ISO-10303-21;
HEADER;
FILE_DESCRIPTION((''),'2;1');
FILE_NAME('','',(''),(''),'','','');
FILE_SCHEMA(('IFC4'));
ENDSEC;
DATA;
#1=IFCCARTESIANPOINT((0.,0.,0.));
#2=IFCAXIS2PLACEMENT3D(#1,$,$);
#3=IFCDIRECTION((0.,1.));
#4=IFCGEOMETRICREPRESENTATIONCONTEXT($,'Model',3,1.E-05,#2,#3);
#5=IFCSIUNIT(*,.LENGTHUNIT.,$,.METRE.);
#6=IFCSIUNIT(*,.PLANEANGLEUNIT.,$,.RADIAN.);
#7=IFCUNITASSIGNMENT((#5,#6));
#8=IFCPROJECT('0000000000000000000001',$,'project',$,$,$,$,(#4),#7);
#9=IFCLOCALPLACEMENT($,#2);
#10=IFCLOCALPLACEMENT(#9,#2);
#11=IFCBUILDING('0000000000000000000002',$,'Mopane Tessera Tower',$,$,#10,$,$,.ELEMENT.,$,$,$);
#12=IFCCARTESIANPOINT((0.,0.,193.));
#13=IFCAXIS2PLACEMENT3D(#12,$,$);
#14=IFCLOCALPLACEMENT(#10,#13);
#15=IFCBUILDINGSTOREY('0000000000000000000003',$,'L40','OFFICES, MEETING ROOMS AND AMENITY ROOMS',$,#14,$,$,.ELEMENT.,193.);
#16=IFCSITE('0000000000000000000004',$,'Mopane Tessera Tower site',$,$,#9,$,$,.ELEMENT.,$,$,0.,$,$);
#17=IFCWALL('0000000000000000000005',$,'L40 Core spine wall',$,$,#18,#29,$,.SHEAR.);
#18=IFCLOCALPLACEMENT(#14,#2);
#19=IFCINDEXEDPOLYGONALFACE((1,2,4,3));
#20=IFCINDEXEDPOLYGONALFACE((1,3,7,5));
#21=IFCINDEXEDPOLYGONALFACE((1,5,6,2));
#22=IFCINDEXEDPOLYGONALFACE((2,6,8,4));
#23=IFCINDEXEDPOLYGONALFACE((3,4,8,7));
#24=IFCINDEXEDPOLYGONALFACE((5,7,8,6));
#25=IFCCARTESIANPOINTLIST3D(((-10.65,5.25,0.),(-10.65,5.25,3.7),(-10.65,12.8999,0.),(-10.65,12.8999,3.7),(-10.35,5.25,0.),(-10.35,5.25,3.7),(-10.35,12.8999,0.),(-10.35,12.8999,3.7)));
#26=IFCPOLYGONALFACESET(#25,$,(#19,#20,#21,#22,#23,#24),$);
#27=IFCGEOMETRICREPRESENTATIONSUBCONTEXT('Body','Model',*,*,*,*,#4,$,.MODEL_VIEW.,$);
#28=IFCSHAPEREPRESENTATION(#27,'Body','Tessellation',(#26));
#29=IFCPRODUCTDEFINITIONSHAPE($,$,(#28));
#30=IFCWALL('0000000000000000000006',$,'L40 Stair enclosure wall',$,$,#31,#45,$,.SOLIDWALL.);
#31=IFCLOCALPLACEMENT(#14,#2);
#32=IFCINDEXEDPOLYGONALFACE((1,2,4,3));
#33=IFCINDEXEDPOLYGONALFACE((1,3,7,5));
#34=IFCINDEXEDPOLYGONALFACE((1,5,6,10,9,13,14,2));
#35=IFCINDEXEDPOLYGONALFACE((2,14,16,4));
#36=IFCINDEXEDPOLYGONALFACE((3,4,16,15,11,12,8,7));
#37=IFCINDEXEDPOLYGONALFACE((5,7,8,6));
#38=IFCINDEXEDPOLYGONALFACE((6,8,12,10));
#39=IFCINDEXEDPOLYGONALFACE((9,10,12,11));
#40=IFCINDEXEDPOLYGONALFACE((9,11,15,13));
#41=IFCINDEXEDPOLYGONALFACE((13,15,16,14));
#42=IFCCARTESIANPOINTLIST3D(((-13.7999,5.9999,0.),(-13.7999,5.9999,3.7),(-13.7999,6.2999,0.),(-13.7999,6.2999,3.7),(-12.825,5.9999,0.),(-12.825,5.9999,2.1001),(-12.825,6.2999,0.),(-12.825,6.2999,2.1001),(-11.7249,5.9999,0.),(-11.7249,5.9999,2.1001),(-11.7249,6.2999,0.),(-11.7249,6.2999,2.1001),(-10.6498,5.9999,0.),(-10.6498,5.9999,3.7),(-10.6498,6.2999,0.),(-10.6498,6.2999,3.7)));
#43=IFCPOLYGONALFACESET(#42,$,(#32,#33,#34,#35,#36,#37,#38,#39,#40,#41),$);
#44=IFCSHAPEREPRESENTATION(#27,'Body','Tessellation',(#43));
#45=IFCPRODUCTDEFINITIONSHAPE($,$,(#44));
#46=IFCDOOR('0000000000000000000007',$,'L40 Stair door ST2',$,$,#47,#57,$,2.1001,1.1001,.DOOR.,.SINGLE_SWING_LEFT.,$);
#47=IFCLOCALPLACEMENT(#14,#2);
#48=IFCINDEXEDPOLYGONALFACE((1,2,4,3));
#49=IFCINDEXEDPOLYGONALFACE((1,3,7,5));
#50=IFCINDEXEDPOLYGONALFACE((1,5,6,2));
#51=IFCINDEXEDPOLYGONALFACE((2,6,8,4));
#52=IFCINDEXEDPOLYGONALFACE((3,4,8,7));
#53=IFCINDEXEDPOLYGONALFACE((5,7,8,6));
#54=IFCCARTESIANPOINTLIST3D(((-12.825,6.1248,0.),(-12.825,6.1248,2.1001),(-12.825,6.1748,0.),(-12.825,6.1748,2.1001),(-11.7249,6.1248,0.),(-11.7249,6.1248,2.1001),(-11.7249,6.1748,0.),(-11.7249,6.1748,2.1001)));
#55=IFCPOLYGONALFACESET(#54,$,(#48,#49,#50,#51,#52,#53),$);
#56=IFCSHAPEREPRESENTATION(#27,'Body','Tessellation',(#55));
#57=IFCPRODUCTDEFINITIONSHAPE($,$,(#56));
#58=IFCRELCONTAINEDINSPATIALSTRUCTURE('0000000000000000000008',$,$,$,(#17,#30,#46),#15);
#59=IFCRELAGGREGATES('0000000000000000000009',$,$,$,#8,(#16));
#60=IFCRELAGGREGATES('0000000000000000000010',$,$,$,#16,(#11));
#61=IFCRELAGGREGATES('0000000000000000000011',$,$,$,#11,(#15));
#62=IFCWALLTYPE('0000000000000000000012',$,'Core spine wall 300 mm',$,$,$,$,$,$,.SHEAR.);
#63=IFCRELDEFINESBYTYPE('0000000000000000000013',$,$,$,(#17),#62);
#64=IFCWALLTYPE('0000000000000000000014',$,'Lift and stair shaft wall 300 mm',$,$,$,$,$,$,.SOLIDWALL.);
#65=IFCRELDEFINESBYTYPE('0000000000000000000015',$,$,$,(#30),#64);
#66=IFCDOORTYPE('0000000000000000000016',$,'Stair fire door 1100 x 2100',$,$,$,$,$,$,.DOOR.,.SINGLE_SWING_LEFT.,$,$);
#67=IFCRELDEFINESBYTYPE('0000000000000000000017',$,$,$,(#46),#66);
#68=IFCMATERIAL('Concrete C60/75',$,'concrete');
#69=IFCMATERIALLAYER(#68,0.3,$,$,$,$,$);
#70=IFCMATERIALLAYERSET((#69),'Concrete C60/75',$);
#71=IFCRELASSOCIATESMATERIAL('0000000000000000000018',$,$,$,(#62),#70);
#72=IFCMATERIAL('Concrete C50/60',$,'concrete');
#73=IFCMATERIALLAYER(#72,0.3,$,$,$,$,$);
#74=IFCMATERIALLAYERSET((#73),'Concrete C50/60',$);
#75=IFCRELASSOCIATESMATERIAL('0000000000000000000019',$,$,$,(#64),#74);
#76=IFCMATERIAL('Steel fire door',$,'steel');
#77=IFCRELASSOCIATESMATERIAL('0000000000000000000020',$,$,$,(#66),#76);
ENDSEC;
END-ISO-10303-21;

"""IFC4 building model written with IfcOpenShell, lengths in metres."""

from ifc_helpers import new_model, si_unit, direction, frame, frame_2d, origin, place, context, subcontext, project, spatial, rectangle, extrude, material, layer, layer_set, type_object, element, fill, save


model = new_model("IFC4")

# Units and contexts
model_context = context("Model", 3, precision=1e-05, world=origin(), true_north=direction((0.0, 1.0)))
body_context = subcontext(model_context, "Body", "Model", "MODEL_VIEW")
ifc_project = project(units=[si_unit("LENGTHUNIT", "METRE"), si_unit("PLANEANGLEUNIT", "RADIAN")], contexts=[model_context])

# Site, building, storey
site_placement = place(None, origin())
site = spatial("IfcSite", under=ifc_project, at=site_placement, Name="Mopane Tessera Tower site", CompositionType="ELEMENT", RefElevation=0.0)
building_placement = place(site_placement, origin())
building = spatial("IfcBuilding", under=site, at=building_placement, Name="Mopane Tessera Tower", CompositionType="ELEMENT")
storey_placement = place(building_placement, frame((0.0, 0.0, 193.0)))
storey = spatial("IfcBuildingStorey", under=building, at=storey_placement, Name="L40", Description="OFFICES, MEETING ROOMS AND AMENITY ROOMS", CompositionType="ELEMENT", Elevation=193.0)

# Wall
ifc_material_1 = material(Name="Concrete C60/75", Category="concrete")
ifc_layer_1 = layer(ifc_material_1, 0.3)
ifc_layer_set_1 = layer_set([ifc_layer_1], Name="Concrete C60/75")
wall_type_1 = type_object("IfcWallType", Name="Core spine wall 300 mm", PredefinedType="SHEAR", material=ifc_layer_set_1)
wall_1_placement = place(storey_placement, frame((-10.5, 5.25, 0.0), z_axis=(0.0, 0.0, 1.0), x_axis=(0.0, 1.0, 0.0)))
element("IfcWall", 1, at=wall_1_placement, inside=storey, type_object=wall_type_1, Name="L40 Core spine wall", PredefinedType="SHEAR", context=body_context, shape_type="SweptSolid", body=[
    extrude(rectangle(XDim=7.6499, YDim=0.3, at=frame_2d((3.825, 0.0))), origin(), (0.0, 0.0, 1.0), 3.7),
])

# Wall, opening, door
ifc_material_2 = material(Name="Concrete C50/60", Category="concrete")
ifc_layer_2 = layer(ifc_material_2, 0.3)
ifc_layer_set_2 = layer_set([ifc_layer_2], Name="Concrete C50/60")
wall_type_2 = type_object("IfcWallType", Name="Lift and stair shaft wall 300 mm", PredefinedType="SOLIDWALL", material=ifc_layer_set_2)
wall_2_placement = place(storey_placement, frame((-13.8, 6.1499, 0.0), z_axis=(0.0, 0.0, 1.0), x_axis=(1.0, 0.0, 0.0)))
wall_2 = element("IfcWall", 2, at=wall_2_placement, inside=storey, type_object=wall_type_2, Name="L40 Stair enclosure wall", PredefinedType="SOLIDWALL", context=body_context, shape_type="SweptSolid", body=[
    extrude(rectangle(XDim=3.1501, YDim=0.3, at=frame_2d((1.5752, 0.0))), origin(), (0.0, 0.0, 1.0), 3.7),
])
opening_1_placement = place(wall_2_placement, frame((0.9751, 0.0, 0.0)))
opening_1 = element("IfcOpeningElement", 3, at=opening_1_placement, cuts=wall_2, PredefinedType="OPENING", context=body_context, shape_type="SweptSolid", body=[
    extrude(rectangle(XDim=1.1001, YDim=2.1001, at=frame_2d((0.55, 1.05))), frame((0.0, 0.1621, 0.0), z_axis=(0.0, -1.0, 0.0), x_axis=(1.0, 0.0, 0.0)), (0.0, 0.0, 1.0), 0.324),
])
ifc_material_3 = material(Name="Steel fire door", Category="steel")
door_type_1 = type_object("IfcDoorType", Name="Stair fire door 1100 x 2100", OperationType="SINGLE_SWING_LEFT", PredefinedType="DOOR", material=ifc_material_3)
door_1_placement = place(opening_1_placement, origin())
door_1 = element("IfcDoor", 4, at=door_1_placement, inside=storey, type_object=door_type_1, Name="L40 Stair door ST2", OperationType="SINGLE_SWING_LEFT", OverallHeight=2.1001, OverallWidth=1.1001, PredefinedType="DOOR", context=body_context, shape_type="SweptSolid", body=[
    extrude(rectangle(XDim=1.1001, YDim=2.1001, at=frame_2d((0.55, 1.05))), frame((0.0, 0.0249, 0.0), z_axis=(0.0, -1.0, 0.0), x_axis=(1.0, 0.0, 0.0)), (0.0, 0.0, 1.0), 0.05),
])
fill(opening_1, door_1)

save(model, "model.ifc")
